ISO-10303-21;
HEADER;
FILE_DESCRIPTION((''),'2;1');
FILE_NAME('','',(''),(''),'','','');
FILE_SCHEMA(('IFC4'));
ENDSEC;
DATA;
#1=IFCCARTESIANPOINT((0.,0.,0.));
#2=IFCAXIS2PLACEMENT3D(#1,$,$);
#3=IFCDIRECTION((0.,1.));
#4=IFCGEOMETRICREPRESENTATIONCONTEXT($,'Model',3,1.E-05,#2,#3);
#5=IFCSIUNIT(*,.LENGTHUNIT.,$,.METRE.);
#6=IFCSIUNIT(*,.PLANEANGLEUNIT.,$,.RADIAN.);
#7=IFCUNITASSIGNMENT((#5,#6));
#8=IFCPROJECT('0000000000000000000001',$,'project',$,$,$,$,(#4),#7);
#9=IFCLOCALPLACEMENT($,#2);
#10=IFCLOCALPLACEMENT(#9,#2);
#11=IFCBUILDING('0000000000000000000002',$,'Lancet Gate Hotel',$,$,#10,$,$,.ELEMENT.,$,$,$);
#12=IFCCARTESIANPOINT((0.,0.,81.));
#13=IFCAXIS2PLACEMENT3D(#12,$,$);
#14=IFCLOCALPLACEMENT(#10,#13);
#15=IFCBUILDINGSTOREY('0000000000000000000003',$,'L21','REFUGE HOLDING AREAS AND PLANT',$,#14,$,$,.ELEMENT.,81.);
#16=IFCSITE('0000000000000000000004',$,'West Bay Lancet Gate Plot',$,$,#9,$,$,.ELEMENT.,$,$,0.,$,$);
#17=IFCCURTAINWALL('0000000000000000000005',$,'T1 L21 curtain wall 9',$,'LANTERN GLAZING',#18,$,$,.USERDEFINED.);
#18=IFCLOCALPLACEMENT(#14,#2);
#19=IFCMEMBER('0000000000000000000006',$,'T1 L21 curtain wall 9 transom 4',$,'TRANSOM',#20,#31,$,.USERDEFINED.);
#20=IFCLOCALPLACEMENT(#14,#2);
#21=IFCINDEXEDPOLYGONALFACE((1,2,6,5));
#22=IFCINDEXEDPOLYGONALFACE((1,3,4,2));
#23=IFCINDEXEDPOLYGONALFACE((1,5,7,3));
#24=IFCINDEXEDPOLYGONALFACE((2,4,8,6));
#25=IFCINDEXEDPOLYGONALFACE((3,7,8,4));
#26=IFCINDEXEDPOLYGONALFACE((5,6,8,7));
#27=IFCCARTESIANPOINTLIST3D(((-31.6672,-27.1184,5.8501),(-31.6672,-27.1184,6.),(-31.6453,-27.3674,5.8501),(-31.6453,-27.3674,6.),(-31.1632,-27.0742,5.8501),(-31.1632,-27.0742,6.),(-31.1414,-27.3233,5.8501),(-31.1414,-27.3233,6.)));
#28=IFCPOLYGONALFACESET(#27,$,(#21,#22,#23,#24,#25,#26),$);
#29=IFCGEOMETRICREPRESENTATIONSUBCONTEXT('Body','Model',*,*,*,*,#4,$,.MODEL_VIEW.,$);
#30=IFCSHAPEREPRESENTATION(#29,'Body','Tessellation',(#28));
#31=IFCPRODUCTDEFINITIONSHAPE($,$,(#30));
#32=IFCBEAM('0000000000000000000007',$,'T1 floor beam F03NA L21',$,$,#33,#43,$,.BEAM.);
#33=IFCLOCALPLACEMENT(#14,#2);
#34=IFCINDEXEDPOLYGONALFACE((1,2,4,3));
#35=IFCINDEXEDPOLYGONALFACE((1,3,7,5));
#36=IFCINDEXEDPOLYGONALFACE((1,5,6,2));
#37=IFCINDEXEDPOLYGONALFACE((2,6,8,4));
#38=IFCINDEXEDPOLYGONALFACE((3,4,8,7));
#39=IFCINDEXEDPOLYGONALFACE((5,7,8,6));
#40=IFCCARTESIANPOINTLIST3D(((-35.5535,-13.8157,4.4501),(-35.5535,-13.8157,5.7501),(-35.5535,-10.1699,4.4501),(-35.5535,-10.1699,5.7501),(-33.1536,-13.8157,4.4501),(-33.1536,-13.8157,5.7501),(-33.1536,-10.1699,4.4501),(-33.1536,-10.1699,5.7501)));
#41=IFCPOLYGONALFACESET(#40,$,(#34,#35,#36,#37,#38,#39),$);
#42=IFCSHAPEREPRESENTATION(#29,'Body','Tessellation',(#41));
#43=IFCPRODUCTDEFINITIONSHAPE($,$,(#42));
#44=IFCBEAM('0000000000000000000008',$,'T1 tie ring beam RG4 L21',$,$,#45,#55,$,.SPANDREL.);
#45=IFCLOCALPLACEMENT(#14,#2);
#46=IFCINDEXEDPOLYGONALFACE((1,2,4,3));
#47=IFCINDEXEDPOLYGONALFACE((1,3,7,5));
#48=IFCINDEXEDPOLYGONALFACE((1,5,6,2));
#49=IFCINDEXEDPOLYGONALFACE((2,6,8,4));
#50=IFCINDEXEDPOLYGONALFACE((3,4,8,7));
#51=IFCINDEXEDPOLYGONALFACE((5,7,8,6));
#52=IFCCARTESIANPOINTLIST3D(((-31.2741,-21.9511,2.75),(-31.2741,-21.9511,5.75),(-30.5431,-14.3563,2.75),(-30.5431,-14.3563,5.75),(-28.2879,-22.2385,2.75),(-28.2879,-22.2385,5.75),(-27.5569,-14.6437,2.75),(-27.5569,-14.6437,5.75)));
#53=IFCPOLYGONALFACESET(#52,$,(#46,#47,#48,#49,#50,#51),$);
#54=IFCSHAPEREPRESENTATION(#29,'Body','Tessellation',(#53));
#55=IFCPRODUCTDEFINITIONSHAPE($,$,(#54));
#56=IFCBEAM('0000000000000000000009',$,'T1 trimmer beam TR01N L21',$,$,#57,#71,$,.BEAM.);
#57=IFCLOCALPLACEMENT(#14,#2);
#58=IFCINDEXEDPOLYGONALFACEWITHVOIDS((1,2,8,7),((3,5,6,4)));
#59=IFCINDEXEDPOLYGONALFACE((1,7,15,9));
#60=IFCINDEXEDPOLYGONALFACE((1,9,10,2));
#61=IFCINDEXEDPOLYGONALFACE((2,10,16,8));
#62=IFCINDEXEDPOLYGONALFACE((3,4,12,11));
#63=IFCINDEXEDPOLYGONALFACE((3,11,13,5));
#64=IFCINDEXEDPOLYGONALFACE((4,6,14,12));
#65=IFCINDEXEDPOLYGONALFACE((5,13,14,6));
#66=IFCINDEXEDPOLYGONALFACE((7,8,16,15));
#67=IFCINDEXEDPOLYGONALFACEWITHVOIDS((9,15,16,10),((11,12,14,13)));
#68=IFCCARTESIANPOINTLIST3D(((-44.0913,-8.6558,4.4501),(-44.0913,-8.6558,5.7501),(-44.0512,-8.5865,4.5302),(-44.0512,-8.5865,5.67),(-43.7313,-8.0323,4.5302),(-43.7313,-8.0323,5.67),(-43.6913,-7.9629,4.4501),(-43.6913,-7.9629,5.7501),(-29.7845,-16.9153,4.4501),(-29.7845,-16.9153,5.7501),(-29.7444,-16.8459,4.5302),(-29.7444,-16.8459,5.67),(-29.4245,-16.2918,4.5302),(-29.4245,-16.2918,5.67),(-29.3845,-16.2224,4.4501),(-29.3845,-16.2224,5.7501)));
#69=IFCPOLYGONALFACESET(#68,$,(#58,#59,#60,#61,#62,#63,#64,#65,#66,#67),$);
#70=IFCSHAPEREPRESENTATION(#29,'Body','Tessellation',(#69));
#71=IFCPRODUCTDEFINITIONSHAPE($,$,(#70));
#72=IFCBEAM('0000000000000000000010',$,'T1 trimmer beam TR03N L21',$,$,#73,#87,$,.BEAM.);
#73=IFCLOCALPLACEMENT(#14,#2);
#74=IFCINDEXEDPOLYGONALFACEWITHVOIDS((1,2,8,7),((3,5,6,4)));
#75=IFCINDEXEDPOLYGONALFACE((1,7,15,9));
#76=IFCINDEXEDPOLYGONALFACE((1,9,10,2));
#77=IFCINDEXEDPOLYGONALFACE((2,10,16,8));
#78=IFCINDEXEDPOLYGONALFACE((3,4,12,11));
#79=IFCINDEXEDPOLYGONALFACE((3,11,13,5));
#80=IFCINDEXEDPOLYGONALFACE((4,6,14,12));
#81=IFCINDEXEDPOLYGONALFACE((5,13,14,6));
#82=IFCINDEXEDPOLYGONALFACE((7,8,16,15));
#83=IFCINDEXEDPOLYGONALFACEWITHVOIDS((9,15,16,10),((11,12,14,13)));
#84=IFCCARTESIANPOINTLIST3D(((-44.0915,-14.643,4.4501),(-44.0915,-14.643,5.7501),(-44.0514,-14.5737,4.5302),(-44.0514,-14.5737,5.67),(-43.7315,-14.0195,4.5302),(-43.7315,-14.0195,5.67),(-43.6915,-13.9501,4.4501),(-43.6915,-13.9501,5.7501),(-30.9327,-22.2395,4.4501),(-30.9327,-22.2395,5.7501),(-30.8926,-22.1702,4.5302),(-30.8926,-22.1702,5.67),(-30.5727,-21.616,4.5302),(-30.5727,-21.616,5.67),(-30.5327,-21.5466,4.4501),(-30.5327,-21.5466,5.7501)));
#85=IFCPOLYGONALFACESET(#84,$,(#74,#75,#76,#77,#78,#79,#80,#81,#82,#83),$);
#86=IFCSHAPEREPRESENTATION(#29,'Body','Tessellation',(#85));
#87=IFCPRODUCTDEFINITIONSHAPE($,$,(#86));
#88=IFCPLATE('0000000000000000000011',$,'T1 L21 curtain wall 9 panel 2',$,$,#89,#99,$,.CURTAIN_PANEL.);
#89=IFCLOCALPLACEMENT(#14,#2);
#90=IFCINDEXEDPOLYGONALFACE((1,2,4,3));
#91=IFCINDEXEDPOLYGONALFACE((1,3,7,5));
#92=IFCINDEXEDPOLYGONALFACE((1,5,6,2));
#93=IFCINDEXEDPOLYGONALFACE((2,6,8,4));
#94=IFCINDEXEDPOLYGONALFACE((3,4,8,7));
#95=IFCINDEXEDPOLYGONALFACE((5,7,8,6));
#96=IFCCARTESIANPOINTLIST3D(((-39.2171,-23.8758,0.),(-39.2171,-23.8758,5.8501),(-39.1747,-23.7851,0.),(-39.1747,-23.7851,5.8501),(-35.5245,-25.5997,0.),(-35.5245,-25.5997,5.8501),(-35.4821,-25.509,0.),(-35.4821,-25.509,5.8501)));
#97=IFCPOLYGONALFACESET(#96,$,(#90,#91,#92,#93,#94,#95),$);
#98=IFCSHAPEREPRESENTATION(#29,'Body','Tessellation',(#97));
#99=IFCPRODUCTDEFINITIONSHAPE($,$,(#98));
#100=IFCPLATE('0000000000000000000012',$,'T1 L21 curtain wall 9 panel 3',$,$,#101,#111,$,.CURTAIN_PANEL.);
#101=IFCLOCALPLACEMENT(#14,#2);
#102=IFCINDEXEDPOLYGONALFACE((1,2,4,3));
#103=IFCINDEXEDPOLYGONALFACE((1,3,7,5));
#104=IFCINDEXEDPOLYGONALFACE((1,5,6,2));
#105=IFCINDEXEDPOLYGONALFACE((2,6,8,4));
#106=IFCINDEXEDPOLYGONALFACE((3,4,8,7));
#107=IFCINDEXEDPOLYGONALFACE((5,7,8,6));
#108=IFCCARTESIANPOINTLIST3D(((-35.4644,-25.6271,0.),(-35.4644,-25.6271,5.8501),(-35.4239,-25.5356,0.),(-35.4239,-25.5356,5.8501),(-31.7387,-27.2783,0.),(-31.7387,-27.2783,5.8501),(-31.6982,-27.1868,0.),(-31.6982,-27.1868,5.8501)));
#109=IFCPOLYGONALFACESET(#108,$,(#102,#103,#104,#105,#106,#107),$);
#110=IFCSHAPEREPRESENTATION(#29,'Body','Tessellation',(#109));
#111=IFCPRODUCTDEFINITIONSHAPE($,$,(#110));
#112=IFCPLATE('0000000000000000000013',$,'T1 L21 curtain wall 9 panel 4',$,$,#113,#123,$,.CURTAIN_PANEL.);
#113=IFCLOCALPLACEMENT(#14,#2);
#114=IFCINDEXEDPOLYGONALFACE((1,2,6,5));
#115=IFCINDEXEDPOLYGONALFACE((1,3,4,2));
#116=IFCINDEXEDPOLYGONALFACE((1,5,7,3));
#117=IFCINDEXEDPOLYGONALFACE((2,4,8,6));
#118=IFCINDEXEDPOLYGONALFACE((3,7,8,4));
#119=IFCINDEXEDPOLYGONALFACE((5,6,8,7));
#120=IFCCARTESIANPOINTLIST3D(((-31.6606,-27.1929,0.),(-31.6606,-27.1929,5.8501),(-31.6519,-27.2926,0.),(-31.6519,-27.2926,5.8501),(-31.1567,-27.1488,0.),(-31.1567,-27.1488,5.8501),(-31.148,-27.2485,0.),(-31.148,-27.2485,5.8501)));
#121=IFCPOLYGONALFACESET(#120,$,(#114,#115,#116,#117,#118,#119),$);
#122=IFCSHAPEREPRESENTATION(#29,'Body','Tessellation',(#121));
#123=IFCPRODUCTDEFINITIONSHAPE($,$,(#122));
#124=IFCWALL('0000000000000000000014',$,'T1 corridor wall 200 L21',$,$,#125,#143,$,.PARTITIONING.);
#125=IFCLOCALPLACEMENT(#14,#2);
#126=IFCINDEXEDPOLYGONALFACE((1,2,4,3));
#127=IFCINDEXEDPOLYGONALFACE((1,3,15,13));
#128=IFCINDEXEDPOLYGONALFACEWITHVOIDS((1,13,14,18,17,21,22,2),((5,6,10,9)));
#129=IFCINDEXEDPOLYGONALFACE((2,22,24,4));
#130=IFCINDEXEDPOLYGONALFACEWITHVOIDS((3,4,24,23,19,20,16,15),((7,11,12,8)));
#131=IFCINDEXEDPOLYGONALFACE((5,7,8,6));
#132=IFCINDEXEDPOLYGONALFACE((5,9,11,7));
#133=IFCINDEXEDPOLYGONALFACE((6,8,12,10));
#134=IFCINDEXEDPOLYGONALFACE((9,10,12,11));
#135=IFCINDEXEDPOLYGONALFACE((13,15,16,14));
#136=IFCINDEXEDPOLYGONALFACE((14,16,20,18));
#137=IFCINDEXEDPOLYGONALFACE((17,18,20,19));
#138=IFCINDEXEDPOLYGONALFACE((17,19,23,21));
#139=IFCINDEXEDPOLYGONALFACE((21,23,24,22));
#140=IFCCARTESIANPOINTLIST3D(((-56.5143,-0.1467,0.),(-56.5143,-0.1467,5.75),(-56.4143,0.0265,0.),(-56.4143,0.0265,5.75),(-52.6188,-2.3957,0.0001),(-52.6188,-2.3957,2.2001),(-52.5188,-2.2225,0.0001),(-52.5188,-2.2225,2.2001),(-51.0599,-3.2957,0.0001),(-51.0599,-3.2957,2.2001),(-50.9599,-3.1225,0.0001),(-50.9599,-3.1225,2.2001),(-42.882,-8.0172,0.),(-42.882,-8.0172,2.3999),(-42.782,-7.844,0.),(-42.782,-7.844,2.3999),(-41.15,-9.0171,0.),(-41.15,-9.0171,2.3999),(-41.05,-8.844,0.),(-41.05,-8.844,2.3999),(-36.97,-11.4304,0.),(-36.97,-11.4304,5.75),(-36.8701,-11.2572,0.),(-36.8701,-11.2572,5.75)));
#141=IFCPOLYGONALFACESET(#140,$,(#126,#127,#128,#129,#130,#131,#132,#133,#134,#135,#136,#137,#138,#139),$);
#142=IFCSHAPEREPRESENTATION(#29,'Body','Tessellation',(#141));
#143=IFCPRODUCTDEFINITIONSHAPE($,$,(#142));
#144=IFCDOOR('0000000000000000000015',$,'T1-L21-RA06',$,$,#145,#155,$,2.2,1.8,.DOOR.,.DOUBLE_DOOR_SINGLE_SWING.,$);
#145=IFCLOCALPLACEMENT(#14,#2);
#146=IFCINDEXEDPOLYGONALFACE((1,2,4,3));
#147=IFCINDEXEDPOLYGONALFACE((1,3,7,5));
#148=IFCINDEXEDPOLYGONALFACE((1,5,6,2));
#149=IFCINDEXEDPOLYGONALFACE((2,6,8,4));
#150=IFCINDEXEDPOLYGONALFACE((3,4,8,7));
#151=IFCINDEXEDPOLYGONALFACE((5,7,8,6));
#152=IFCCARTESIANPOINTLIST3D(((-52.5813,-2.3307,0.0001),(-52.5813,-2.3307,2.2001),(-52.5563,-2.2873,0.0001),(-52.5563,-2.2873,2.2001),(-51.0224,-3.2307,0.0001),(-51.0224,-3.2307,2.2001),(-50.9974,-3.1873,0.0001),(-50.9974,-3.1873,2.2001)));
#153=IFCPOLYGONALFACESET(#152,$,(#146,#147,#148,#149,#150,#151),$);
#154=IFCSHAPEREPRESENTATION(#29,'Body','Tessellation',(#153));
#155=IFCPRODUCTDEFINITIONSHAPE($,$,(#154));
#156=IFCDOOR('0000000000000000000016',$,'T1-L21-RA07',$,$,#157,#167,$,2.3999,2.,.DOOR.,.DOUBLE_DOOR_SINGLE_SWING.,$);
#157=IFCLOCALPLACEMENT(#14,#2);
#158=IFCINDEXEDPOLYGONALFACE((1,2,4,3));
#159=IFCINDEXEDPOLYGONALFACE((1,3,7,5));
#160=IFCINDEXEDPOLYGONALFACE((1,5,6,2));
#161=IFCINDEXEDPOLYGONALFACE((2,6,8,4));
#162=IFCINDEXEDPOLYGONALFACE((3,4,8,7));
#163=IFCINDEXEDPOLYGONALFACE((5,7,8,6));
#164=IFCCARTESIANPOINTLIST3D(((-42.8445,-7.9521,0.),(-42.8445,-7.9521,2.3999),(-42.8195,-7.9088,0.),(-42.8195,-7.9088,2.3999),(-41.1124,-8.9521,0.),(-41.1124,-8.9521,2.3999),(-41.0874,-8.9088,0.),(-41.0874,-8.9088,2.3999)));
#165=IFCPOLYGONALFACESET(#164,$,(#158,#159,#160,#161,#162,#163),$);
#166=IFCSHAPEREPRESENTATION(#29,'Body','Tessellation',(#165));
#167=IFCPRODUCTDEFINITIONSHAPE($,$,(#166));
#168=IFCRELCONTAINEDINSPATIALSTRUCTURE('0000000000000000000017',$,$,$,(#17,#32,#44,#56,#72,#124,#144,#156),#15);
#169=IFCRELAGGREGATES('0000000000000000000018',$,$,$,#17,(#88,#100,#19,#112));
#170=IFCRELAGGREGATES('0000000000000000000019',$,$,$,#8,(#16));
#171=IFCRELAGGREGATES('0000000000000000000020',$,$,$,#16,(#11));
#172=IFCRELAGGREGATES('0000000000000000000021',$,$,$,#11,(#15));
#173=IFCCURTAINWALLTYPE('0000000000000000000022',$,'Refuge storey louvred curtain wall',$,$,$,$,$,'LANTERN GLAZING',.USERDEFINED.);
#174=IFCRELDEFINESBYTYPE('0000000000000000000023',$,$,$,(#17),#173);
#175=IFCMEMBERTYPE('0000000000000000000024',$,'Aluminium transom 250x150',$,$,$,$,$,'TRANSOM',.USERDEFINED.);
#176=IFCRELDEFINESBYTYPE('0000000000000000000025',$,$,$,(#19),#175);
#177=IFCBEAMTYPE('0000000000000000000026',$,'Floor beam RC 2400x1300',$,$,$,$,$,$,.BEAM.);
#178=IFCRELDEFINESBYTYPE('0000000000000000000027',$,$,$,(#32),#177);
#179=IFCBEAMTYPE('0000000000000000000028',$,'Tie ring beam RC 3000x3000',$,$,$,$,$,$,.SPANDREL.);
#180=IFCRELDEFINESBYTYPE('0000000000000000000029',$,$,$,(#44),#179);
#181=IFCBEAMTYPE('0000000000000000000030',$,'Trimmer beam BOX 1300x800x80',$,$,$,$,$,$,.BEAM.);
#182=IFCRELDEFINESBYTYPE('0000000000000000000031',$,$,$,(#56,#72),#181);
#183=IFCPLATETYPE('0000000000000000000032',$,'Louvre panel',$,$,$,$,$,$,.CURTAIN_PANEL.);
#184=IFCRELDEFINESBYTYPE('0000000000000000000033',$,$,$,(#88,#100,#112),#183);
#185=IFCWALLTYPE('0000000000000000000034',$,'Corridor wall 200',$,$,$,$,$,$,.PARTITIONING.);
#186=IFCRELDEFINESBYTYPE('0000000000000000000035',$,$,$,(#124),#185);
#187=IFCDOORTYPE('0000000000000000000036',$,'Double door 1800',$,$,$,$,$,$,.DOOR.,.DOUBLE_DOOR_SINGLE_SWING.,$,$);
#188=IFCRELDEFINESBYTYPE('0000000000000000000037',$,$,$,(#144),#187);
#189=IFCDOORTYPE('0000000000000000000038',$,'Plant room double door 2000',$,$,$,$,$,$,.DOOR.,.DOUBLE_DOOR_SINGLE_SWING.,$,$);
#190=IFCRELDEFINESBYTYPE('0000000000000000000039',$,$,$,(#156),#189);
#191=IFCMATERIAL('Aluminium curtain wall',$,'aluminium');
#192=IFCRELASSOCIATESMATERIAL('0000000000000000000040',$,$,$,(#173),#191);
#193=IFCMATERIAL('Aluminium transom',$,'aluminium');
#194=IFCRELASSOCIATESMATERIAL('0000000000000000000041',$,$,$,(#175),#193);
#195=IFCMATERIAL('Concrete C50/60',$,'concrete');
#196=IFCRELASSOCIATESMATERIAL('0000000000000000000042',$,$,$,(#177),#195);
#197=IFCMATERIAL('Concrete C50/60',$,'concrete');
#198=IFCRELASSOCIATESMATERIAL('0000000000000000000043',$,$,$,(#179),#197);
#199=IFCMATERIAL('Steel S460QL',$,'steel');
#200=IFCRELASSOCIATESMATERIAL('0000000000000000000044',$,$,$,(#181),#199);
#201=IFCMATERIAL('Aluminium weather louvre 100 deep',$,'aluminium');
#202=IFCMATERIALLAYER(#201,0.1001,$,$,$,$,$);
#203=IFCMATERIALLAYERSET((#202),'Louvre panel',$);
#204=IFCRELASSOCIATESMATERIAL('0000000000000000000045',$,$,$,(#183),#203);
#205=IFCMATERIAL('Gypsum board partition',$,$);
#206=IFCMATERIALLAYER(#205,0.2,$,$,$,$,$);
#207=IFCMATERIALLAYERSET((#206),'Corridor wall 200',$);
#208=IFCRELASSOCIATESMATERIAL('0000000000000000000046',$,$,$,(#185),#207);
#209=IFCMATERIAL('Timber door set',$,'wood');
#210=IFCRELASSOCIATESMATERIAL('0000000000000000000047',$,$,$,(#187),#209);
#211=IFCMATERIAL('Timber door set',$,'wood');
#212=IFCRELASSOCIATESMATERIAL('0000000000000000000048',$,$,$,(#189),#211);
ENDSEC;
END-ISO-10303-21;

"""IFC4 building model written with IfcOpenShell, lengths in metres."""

from ifc_helpers import new_model, si_unit, direction, frame, frame_2d, origin, origin_2d, place, context, subcontext, project, spatial, rectangle, hollow_rectangle, extrude, material, layer, layer_set, material_profile, profile_set, type_object, element, fill, aggregate, save


model = new_model("IFC4")

# Units and contexts
model_context = context("Model", 3, precision=1e-05, world=origin(), true_north=direction((0.0, 1.0)))
body_context = subcontext(model_context, "Body", "Model", "MODEL_VIEW")
ifc_project = project(units=[si_unit("LENGTHUNIT", "METRE"), si_unit("PLANEANGLEUNIT", "RADIAN")], contexts=[model_context])

# Site, building, storey
site_placement = place(None, origin())
site = spatial("IfcSite", under=ifc_project, at=site_placement, Name="West Bay Lancet Gate Plot", CompositionType="ELEMENT", RefElevation=0.0)
building_placement = place(site_placement, origin())
building = spatial("IfcBuilding", under=site, at=building_placement, Name="Lancet Gate Hotel", CompositionType="ELEMENT")
storey_placement = place(building_placement, frame((0.0, 0.0, 81.0)))
storey = spatial("IfcBuildingStorey", under=building, at=storey_placement, Name="L21", Description="REFUGE HOLDING AREAS AND PLANT", CompositionType="ELEMENT", Elevation=81.0)

# Curtain wall, member
ifc_material_1 = material(Name="Aluminium curtain wall", Category="aluminium")
curtain_wall_type = type_object("IfcCurtainWallType", Name="Refuge storey louvred curtain wall", ElementType="LANTERN GLAZING", PredefinedType="USERDEFINED", material=ifc_material_1)
curtain_wall_placement = place(storey_placement, origin())
curtain_wall = element("IfcCurtainWall", 1, at=curtain_wall_placement, inside=storey, type_object=curtain_wall_type, Name="T1 L21 curtain wall 9", ObjectType="LANTERN GLAZING", PredefinedType="USERDEFINED")
ifc_material_2 = material(Name="Aluminium transom", Category="aluminium")
ifc_material_profile_1 = material_profile(ifc_material_2, rectangle(XDim=0.25, YDim=0.1499, at=origin_2d()), Name="TRANSOM 250x150")
ifc_profile_set_1 = profile_set([ifc_material_profile_1], Name="Aluminium transom")
member_type_1 = type_object("IfcMemberType", Name="Aluminium transom 250x150", ElementType="TRANSOM", PredefinedType="USERDEFINED", material=ifc_profile_set_1)
member_1_placement = place(storey_placement, frame((-31.6562, -27.2429, 5.925), z_axis=(0.996177, 0.087359, 0.0), x_axis=(-0.087359, 0.996177, 0.0)))
member_1 = element("IfcMember", 2, at=member_1_placement, type_object=member_type_1, Name="T1 L21 curtain wall 9 transom 4", ObjectType="TRANSOM", PredefinedType="USERDEFINED", context=body_context, shape_type="SweptSolid", body=[
    extrude(rectangle(XDim=0.25, YDim=0.1499, at=origin_2d()), origin(), (0.0, 0.0, 1.0), 0.5059),
])

# Beams
ifc_material_3 = material(Name="Concrete C50/60", Category="concrete")
ifc_material_profile_2 = material_profile(ifc_material_3, rectangle(XDim=2.3999, YDim=1.3, at=origin_2d()), Name="RC 2400x1300")
ifc_profile_set_2 = profile_set([ifc_material_profile_2], Name="Concrete C50/60")
beam_type_1 = type_object("IfcBeamType", Name="Floor beam RC 2400x1300", PredefinedType="BEAM", material=ifc_profile_set_2)
beam_1_placement = place(storey_placement, frame((-34.3535, -10.1699, 5.1001), z_axis=(0.0, -1.0, 0.0), x_axis=(1.0, 0.0, 0.0)))
element("IfcBeam", 3, at=beam_1_placement, inside=storey, type_object=beam_type_1, Name="T1 floor beam F03NA L21", PredefinedType="BEAM", context=body_context, shape_type="SweptSolid", body=[
    extrude(rectangle(XDim=2.3999, YDim=1.3, at=origin_2d()), origin(), (0.0, 0.0, 1.0), 3.6458),
])
ifc_material_4 = material(Name="Concrete C50/60", Category="concrete")
ifc_material_profile_3 = material_profile(ifc_material_4, rectangle(XDim=3.0, YDim=3.0, at=origin_2d()), Name="RC 3000x3000")
ifc_profile_set_3 = profile_set([ifc_material_profile_3], Name="Concrete C50/60")
beam_type_2 = type_object("IfcBeamType", Name="Tie ring beam RC 3000x3000", PredefinedType="SPANDREL", material=ifc_profile_set_3)
beam_2_placement = place(storey_placement, frame((-29.05, -14.5, 4.25), z_axis=(-0.095803, -0.9954, 0.0), x_axis=(0.9954, -0.095803, 0.0)))
element("IfcBeam", 4, at=beam_2_placement, inside=storey, type_object=beam_type_2, Name="T1 tie ring beam RG4 L21", PredefinedType="SPANDREL", context=body_context, shape_type="SweptSolid", body=[
    extrude(rectangle(XDim=3.0, YDim=3.0, at=origin_2d()), origin(), (0.0, 0.0, 1.0), 7.6299),
])
ifc_material_5 = material(Name="Steel S460QL", Category="steel")
ifc_material_profile_4 = material_profile(ifc_material_5, hollow_rectangle(XDim=0.8, YDim=1.3, WallThickness=0.0801, at=origin_2d()), Name="BOX 1300x800x80")
ifc_profile_set_4 = profile_set([ifc_material_profile_4], Name="Steel S460QL")
beam_type_3 = type_object("IfcBeamType", Name="Trimmer beam BOX 1300x800x80", PredefinedType="BEAM", material=ifc_profile_set_4)
beam_3_placement = place(storey_placement, frame((-29.5845, -16.5688, 5.1001), z_axis=(-0.86604, 0.499974, 0.0), x_axis=(-0.499974, -0.86604, 0.0)))
element("IfcBeam", 5, at=beam_3_placement, inside=storey, type_object=beam_type_3, Name="T1 trimmer beam TR01N L21", PredefinedType="BEAM", context=body_context, shape_type="SweptSolid", body=[
    extrude(hollow_rectangle(XDim=0.8, YDim=1.3, WallThickness=0.0801, at=origin_2d()), origin(), (0.0, 0.0, 1.0), 16.5198),
])
beam_4_placement = place(storey_placement, frame((-30.7327, -21.8931, 5.1001), z_axis=(-0.866046, 0.499964, 0.0), x_axis=(-0.499964, -0.866046, 0.0)))
element("IfcBeam", 6, at=beam_4_placement, inside=storey, type_object=beam_type_3, Name="T1 trimmer beam TR03N L21", PredefinedType="BEAM", context=body_context, shape_type="SweptSolid", body=[
    extrude(hollow_rectangle(XDim=0.8, YDim=1.3, WallThickness=0.0801, at=origin_2d()), origin(), (0.0, 0.0, 1.0), 15.1941),
])

# Plates
ifc_material_6 = material(Name="Aluminium weather louvre 100 deep", Category="aluminium")
ifc_layer_1 = layer(ifc_material_6, 0.1001)
ifc_layer_set_1 = layer_set([ifc_layer_1], Name="Louvre panel")
plate_type = type_object("IfcPlateType", Name="Louvre panel", PredefinedType="CURTAIN_PANEL", material=ifc_layer_set_1)
plate_1_placement = place(storey_placement, frame((-37.3496, -24.6924, 0.0), z_axis=(0.0, 0.0, 1.0), x_axis=(0.906118, -0.423026, 0.0)))
plate_1 = element("IfcPlate", 7, at=plate_1_placement, type_object=plate_type, Name="T1 L21 curtain wall 9 panel 2", PredefinedType="CURTAIN_PANEL", context=body_context, shape_type="SweptSolid", body=[
    extrude(rectangle(XDim=4.0752, YDim=0.1001, at=origin_2d()), origin(), (0.0, 0.0, 1.0), 5.8501),
])
plate_2_placement = place(storey_placement, frame((-33.5813, -26.407, 0.0), z_axis=(0.0, 0.0, 1.0), x_axis=(0.914234, -0.405186, 0.0)))
plate_2 = element("IfcPlate", 8, at=plate_2_placement, type_object=plate_type, Name="T1 L21 curtain wall 9 panel 3", PredefinedType="CURTAIN_PANEL", context=body_context, shape_type="SweptSolid", body=[
    extrude(rectangle(XDim=4.0752, YDim=0.1001, at=origin_2d()), origin(), (0.0, 0.0, 1.0), 5.8501),
])
plate_3_placement = place(storey_placement, frame((-31.4043, -27.2207, 0.0), z_axis=(0.0, 0.0, 1.0), x_axis=(0.996204, 0.087052, 0.0)))
plate_3 = element("IfcPlate", 9, at=plate_3_placement, type_object=plate_type, Name="T1 L21 curtain wall 9 panel 4", PredefinedType="CURTAIN_PANEL", context=body_context, shape_type="SweptSolid", body=[
    extrude(rectangle(XDim=0.5059, YDim=0.1001, at=origin_2d()), origin(), (0.0, 0.0, 1.0), 5.8501),
])
aggregate(curtain_wall, [plate_1, plate_2, member_1, plate_3])

# Wall, openings, doors
ifc_material_7 = material(Name="Gypsum board partition")
ifc_layer_2 = layer(ifc_material_7, 0.2)
ifc_layer_set_2 = layer_set([ifc_layer_2], Name="Corridor wall 200")
wall_type_1 = type_object("IfcWallType", Name="Corridor wall 200", PredefinedType="PARTITIONING", material=ifc_layer_set_2)
wall_1_placement = place(storey_placement, frame((-36.9202, -11.3438, 0.0), z_axis=(0.0, 0.0, 1.0), x_axis=(-0.866028, 0.499995, 0.0)))
wall_1 = element("IfcWall", 10, at=wall_1_placement, inside=storey, type_object=wall_type_1, Name="T1 corridor wall 200 L21", PredefinedType="PARTITIONING", context=body_context, shape_type="SweptSolid", body=[
    extrude(rectangle(XDim=22.5676, YDim=0.2, at=frame_2d((11.2837, 0.0))), origin(), (0.0, 0.0, 1.0), 5.75),
])
opening_1_placement = place(wall_1_placement, frame((16.2695, 0.0, 0.0)))
opening_1 = element("IfcOpeningElement", 11, at=opening_1_placement, cuts=wall_1, PredefinedType="OPENING", context=body_context, shape_type="SweptSolid", body=[
    extrude(rectangle(XDim=1.8, YDim=2.2, at=frame_2d((0.8999, 1.1001))), frame((0.0, 0.1099, 0.0), z_axis=(0.0, -1.0, 0.0), x_axis=(1.0, 0.0, 0.0)), (0.0, 0.0, 1.0), 0.22),
])
opening_2_placement = place(wall_1_placement, frame((4.8264, 0.0, 0.0)))
opening_2 = element("IfcOpeningElement", 12, at=opening_2_placement, cuts=wall_1, PredefinedType="OPENING", context=body_context, shape_type="SweptSolid", body=[
    extrude(rectangle(XDim=2.0, YDim=2.3999, at=frame_2d((1.0, 1.2))), frame((0.0, 0.1099, 0.0), z_axis=(0.0, -1.0, 0.0), x_axis=(1.0, 0.0, 0.0)), (0.0, 0.0, 1.0), 0.22),
])
ifc_material_8 = material(Name="Timber door set", Category="wood")
door_type_1 = type_object("IfcDoorType", Name="Double door 1800", OperationType="DOUBLE_DOOR_SINGLE_SWING", PredefinedType="DOOR", material=ifc_material_8)
door_1_placement = place(opening_1_placement, origin())
door_1 = element("IfcDoor", 13, at=door_1_placement, inside=storey, type_object=door_type_1, Name="T1-L21-RA06", OperationType="DOUBLE_DOOR_SINGLE_SWING", OverallHeight=2.2, OverallWidth=1.8, PredefinedType="DOOR", context=body_context, shape_type="SweptSolid", body=[
    extrude(rectangle(XDim=1.8, YDim=2.2, at=frame_2d((0.8999, 1.1001))), frame((0.0, 0.0249, 0.0), z_axis=(0.0, -1.0, 0.0), x_axis=(1.0, 0.0, 0.0)), (0.0, 0.0, 1.0), 0.05),
])
fill(opening_1, door_1)
ifc_material_9 = material(Name="Timber door set", Category="wood")
door_type_2 = type_object("IfcDoorType", Name="Plant room double door 2000", OperationType="DOUBLE_DOOR_SINGLE_SWING", PredefinedType="DOOR", material=ifc_material_9)
door_2_placement = place(opening_2_placement, origin())
door_2 = element("IfcDoor", 14, at=door_2_placement, inside=storey, type_object=door_type_2, Name="T1-L21-RA07", OperationType="DOUBLE_DOOR_SINGLE_SWING", OverallHeight=2.3999, OverallWidth=2.0, PredefinedType="DOOR", context=body_context, shape_type="SweptSolid", body=[
    extrude(rectangle(XDim=2.0, YDim=2.3999, at=frame_2d((1.0, 1.2))), frame((0.0, 0.0249, 0.0), z_axis=(0.0, -1.0, 0.0), x_axis=(1.0, 0.0, 0.0)), (0.0, 0.0, 1.0), 0.05),
])
fill(opening_2, door_2)

save(model, "model.ifc")
